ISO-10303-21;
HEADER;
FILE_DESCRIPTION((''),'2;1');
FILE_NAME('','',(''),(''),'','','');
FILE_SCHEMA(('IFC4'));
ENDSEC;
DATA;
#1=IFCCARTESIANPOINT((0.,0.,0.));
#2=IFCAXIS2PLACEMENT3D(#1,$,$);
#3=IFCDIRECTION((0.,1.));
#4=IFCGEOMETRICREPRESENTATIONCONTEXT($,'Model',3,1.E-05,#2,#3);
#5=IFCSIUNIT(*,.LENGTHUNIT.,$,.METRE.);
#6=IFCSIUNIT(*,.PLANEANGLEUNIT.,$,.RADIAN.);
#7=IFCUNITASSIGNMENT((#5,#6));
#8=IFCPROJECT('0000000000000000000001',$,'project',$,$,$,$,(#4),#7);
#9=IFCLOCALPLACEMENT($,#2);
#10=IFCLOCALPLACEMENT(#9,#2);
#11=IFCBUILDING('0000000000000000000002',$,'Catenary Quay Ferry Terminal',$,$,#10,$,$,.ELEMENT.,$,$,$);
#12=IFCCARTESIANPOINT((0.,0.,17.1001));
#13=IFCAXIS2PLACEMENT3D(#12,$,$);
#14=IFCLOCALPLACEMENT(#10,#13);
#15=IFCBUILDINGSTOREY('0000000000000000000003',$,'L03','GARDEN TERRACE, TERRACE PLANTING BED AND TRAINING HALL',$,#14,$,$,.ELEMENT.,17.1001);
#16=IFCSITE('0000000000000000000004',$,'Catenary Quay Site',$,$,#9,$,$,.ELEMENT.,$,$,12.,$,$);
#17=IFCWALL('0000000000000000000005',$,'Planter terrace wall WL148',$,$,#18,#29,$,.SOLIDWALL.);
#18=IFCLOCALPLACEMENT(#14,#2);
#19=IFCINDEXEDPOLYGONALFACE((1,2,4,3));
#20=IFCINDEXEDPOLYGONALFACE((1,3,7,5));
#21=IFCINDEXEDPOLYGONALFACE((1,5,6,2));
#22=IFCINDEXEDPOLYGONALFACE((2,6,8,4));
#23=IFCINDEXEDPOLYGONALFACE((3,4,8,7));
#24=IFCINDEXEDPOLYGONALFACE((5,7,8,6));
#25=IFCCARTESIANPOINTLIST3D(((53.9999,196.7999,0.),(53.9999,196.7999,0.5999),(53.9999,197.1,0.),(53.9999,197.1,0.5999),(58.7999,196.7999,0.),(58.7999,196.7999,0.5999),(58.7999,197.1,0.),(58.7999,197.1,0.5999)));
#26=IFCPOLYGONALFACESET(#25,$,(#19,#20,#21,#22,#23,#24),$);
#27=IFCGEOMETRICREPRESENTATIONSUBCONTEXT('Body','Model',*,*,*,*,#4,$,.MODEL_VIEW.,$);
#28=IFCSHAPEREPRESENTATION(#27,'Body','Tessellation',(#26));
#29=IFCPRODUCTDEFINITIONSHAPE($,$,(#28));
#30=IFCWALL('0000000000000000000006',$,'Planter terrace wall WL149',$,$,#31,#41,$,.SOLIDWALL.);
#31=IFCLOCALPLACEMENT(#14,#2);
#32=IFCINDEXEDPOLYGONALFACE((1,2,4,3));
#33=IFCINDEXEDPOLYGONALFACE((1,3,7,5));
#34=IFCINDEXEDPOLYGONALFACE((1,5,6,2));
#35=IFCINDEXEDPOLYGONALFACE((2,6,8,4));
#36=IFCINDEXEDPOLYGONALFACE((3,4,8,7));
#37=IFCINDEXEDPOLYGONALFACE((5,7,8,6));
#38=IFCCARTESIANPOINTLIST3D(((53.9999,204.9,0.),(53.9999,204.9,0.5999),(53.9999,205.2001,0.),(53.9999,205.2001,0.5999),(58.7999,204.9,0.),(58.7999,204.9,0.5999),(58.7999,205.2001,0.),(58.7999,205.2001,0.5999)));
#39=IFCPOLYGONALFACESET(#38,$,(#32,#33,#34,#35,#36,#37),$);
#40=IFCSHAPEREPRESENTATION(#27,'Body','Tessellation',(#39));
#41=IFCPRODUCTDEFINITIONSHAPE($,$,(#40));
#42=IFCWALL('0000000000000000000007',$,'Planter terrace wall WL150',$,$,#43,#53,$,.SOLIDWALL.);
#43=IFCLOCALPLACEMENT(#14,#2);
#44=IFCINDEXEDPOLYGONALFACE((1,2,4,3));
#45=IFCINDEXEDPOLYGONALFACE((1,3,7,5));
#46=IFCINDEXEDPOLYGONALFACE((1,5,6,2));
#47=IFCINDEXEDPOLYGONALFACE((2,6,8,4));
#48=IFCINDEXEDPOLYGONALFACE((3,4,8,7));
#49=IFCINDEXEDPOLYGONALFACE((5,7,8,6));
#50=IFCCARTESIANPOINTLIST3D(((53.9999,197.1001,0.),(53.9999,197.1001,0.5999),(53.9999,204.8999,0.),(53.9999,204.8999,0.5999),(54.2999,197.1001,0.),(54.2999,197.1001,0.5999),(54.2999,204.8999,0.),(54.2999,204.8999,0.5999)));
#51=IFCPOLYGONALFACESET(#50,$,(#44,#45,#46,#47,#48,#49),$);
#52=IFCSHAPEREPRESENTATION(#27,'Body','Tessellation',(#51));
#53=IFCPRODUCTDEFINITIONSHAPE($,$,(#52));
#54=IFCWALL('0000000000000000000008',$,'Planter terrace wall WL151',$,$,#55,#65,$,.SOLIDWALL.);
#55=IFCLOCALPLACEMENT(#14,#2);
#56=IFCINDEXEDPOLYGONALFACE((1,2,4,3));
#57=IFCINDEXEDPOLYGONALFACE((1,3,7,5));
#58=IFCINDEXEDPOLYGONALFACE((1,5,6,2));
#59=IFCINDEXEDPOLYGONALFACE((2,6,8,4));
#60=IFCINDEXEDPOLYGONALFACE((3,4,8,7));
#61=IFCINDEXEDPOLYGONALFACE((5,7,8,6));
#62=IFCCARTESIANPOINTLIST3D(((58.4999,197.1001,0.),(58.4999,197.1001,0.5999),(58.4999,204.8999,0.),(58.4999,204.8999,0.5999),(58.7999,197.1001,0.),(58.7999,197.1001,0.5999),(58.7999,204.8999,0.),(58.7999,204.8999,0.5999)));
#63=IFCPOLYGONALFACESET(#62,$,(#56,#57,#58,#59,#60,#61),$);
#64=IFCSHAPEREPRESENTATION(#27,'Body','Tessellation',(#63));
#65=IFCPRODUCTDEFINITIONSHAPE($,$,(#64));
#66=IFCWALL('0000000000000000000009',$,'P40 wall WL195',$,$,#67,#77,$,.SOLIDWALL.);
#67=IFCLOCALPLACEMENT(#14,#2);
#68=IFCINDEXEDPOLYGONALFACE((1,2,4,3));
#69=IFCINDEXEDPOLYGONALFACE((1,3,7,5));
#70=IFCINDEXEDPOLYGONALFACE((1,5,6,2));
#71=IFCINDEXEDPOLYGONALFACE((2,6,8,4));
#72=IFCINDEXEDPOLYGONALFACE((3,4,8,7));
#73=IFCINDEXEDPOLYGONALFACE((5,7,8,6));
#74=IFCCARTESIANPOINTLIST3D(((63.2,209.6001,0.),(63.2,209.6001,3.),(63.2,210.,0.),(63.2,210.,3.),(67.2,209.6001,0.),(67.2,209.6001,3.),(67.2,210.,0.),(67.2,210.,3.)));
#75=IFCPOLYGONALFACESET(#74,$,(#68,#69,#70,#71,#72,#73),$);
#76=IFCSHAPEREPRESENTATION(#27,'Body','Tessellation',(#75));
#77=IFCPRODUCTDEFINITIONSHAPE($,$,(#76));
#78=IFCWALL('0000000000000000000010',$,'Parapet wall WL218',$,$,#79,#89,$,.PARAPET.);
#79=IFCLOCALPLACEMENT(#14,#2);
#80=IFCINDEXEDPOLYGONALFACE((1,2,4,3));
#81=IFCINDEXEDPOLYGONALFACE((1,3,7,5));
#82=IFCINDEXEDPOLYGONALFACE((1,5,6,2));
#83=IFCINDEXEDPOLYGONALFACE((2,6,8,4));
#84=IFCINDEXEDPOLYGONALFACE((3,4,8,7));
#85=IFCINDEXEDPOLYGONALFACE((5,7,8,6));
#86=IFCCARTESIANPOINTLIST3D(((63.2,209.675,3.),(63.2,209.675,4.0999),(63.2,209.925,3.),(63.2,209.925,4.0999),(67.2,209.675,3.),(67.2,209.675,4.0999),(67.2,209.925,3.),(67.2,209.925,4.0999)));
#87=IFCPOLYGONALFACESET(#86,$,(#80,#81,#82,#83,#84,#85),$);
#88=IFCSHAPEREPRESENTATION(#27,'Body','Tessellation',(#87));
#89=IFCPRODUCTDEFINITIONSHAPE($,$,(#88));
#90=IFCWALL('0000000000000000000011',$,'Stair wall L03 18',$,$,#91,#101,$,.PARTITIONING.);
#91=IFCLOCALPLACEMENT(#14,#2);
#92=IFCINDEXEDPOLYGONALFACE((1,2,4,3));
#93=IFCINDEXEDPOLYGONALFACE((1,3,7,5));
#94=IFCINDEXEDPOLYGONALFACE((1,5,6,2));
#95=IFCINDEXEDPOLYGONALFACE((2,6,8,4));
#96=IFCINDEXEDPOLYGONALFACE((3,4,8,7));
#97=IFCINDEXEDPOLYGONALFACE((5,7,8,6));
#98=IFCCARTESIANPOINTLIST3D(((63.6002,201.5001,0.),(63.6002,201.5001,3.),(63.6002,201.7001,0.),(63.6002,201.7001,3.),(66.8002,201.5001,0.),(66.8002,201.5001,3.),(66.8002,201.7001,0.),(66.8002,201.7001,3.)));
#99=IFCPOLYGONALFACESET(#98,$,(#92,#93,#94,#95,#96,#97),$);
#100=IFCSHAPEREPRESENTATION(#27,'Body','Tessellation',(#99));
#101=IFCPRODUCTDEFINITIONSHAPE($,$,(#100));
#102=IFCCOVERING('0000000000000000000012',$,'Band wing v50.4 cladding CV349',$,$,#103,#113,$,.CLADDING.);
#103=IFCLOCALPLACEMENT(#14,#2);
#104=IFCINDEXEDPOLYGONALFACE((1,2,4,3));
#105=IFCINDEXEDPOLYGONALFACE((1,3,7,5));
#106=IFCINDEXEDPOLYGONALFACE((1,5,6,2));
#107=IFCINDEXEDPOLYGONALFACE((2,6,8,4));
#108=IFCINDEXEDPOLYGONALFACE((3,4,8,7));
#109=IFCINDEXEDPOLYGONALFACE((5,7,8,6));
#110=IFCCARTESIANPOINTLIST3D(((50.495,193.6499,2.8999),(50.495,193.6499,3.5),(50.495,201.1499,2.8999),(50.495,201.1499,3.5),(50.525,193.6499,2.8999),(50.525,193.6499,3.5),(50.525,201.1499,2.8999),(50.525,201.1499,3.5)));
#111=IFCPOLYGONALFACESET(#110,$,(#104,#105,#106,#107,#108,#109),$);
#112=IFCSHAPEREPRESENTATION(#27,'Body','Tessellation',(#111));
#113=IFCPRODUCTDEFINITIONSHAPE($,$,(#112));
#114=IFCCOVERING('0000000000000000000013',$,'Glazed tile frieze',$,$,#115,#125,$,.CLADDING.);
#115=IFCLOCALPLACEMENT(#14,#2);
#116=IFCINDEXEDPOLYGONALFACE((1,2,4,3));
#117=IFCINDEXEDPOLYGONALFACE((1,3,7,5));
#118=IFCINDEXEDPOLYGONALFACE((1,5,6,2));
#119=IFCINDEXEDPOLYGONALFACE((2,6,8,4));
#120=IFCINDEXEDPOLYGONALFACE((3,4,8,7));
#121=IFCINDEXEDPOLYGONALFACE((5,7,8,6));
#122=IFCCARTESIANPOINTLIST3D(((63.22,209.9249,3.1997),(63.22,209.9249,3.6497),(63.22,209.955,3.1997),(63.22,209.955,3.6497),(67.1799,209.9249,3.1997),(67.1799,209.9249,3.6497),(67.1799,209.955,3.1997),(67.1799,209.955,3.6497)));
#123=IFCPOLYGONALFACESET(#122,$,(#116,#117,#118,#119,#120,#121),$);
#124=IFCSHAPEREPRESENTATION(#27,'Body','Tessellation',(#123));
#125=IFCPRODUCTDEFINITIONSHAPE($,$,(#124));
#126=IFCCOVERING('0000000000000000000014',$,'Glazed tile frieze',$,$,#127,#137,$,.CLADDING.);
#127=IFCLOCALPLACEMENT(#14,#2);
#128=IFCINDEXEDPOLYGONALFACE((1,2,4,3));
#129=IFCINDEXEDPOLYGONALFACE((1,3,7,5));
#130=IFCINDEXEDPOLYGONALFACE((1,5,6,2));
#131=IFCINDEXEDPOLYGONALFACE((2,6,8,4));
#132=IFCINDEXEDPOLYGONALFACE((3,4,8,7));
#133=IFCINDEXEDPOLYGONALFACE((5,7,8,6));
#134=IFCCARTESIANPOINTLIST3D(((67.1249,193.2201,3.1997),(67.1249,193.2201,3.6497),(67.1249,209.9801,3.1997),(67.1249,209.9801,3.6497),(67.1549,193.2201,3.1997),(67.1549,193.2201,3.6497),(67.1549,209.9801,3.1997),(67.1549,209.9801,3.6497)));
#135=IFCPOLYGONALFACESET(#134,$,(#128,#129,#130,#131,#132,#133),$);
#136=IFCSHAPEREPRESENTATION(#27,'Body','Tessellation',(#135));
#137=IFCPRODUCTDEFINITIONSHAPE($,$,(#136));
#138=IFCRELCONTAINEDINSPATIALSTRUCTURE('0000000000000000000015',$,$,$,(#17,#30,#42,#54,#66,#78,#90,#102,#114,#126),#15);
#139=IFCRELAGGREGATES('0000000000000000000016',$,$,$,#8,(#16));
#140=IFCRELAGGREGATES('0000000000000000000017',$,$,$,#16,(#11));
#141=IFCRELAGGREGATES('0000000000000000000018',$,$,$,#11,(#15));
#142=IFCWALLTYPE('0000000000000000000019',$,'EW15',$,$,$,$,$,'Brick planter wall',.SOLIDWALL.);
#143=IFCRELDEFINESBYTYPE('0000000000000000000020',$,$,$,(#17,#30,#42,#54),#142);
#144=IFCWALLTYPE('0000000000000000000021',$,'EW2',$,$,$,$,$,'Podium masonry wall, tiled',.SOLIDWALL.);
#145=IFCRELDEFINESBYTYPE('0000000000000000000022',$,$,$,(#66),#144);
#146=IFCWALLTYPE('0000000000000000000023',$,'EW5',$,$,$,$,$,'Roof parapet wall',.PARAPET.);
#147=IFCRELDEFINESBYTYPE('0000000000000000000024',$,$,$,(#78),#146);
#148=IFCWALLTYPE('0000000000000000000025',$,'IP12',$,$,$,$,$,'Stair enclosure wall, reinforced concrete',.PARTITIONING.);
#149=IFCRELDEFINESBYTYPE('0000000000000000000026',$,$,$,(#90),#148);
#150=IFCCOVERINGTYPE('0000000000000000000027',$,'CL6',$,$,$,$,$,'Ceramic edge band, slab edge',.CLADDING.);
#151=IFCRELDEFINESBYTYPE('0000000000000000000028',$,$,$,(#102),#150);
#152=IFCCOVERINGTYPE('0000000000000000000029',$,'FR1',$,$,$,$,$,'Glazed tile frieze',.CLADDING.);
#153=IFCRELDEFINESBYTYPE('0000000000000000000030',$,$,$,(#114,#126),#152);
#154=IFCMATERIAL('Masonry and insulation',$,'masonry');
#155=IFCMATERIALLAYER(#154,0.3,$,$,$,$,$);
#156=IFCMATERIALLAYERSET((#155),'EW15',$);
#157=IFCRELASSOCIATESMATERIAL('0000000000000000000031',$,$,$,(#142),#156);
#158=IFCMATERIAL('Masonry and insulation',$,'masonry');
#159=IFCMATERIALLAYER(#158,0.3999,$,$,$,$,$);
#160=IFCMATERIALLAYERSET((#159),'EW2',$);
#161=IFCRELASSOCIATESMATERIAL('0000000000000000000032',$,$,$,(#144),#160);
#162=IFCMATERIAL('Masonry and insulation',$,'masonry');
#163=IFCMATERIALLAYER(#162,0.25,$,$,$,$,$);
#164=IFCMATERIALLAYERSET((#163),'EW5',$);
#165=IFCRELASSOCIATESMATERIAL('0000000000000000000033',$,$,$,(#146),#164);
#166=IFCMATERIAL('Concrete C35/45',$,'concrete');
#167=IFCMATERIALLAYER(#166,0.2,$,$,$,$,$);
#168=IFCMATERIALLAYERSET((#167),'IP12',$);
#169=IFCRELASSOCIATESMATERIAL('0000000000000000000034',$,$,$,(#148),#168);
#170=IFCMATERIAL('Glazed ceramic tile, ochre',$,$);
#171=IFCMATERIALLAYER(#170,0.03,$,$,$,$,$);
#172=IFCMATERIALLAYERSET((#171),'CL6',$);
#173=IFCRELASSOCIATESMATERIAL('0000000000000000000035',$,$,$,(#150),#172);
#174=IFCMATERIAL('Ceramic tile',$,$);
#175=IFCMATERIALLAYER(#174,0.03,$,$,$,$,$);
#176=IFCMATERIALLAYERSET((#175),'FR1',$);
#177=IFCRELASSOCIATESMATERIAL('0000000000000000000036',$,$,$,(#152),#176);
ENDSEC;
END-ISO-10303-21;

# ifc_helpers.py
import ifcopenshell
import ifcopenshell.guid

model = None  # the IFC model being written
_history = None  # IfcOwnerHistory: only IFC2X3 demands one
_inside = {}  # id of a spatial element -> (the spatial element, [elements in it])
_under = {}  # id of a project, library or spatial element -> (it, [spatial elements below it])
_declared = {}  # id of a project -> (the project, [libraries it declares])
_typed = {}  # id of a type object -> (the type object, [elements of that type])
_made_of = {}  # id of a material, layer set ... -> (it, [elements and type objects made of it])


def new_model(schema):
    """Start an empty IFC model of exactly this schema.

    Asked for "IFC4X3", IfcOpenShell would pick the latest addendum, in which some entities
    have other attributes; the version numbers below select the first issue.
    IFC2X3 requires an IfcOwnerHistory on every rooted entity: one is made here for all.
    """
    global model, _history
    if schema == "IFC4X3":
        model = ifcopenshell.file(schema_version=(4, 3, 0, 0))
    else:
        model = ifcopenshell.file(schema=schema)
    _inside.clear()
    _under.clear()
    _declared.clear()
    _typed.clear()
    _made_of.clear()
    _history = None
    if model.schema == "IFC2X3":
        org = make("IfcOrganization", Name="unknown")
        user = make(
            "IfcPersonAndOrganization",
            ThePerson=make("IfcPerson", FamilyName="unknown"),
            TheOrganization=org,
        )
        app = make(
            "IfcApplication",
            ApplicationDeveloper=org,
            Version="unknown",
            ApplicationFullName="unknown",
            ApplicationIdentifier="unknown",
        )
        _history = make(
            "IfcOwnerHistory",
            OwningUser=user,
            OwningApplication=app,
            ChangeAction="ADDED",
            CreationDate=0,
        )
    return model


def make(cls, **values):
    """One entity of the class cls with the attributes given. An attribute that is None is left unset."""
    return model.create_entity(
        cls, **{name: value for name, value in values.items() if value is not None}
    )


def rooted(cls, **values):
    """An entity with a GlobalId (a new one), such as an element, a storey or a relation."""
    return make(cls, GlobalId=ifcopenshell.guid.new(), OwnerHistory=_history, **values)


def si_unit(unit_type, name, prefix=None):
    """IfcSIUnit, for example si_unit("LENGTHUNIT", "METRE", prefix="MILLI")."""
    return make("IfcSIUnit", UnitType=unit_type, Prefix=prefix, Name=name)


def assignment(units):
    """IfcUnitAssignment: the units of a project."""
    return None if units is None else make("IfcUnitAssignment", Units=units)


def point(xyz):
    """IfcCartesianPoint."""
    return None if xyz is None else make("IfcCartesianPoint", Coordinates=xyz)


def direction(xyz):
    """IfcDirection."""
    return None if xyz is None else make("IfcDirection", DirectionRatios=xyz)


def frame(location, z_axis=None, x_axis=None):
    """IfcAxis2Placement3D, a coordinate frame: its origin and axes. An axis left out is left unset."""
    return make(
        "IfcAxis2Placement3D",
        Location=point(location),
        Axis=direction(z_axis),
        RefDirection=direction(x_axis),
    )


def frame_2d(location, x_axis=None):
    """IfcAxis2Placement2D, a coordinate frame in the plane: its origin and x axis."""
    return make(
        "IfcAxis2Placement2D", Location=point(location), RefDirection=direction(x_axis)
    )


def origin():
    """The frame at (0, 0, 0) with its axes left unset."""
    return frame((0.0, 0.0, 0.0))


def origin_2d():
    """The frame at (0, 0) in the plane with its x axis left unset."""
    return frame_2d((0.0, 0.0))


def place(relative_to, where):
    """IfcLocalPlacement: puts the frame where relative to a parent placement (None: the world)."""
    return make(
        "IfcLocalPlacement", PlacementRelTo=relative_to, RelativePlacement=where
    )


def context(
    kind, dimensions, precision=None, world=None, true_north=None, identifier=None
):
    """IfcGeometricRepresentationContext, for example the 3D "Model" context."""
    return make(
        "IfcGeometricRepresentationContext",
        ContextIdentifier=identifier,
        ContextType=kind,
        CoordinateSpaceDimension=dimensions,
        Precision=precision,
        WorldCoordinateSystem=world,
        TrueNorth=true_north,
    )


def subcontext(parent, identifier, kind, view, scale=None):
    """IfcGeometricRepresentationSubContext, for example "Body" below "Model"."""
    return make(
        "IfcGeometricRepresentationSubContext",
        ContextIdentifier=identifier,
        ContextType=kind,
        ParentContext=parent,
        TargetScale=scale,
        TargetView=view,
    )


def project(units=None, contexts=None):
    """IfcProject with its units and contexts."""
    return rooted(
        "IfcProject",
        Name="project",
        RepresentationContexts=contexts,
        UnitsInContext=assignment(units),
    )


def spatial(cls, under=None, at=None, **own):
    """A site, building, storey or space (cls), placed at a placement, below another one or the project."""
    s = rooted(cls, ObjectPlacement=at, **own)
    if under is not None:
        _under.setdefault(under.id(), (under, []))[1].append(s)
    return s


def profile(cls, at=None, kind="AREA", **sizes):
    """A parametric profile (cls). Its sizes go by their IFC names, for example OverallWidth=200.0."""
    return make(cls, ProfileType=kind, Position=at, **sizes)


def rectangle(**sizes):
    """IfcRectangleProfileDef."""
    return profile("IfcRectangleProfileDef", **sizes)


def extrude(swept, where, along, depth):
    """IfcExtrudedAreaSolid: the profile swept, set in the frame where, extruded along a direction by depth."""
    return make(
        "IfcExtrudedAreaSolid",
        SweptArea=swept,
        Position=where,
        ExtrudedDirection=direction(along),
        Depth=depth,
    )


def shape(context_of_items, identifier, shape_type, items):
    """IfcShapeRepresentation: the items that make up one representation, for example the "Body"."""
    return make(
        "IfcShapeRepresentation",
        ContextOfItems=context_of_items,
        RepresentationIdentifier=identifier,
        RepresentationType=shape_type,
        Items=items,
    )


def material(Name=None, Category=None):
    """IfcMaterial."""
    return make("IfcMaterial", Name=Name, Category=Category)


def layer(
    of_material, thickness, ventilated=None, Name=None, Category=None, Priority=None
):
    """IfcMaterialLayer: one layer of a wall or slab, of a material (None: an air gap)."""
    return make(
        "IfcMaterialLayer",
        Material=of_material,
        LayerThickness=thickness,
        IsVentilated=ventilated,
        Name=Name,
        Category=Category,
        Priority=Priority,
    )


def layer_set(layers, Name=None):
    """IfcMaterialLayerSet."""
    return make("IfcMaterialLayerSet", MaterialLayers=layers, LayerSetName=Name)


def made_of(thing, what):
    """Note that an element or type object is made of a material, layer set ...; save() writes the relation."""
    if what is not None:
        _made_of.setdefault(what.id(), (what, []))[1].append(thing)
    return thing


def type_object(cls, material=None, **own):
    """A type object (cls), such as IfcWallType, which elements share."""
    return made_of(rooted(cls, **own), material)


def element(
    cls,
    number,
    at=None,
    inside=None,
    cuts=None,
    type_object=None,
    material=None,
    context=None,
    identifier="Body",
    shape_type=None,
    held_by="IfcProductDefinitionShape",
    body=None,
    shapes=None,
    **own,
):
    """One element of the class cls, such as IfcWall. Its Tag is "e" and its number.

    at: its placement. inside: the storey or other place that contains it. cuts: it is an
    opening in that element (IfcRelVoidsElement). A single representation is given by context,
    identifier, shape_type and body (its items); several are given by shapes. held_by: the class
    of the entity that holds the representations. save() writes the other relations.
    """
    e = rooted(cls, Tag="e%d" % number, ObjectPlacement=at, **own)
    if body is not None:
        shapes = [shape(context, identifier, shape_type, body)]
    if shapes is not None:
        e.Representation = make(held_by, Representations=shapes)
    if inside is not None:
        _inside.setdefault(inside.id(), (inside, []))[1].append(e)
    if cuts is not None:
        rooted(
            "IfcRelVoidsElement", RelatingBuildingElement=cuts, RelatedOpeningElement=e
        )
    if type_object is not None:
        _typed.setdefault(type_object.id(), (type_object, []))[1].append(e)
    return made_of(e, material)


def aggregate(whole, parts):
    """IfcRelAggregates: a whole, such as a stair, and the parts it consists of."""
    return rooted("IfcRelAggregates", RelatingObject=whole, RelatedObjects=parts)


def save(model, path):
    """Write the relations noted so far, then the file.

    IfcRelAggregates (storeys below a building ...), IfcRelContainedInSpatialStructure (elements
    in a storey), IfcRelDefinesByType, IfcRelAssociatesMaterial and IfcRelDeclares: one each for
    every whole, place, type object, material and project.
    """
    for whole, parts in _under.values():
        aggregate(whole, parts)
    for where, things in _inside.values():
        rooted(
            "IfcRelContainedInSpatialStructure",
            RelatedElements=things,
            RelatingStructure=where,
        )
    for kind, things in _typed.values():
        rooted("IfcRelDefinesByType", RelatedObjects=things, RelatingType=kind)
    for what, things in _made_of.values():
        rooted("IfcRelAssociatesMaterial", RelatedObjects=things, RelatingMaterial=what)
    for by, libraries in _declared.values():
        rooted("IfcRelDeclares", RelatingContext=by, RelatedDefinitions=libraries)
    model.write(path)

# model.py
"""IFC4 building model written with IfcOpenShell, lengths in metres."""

from ifc_helpers import new_model, si_unit, direction, frame, frame_2d, origin, origin_2d, place, context, subcontext, project, spatial, rectangle, extrude, material, layer, layer_set, type_object, element, save


model = new_model("IFC4")

# Units and contexts
model_context = context("Model", 3, precision=1e-05, world=origin(), true_north=direction((0.0, 1.0)))
body_context = subcontext(model_context, "Body", "Model", "MODEL_VIEW")
ifc_project = project(units=[si_unit("LENGTHUNIT", "METRE"), si_unit("PLANEANGLEUNIT", "RADIAN")], contexts=[model_context])

# Site, building, storey
site_placement = place(None, origin())
site = spatial("IfcSite", under=ifc_project, at=site_placement, Name="Catenary Quay Site", CompositionType="ELEMENT", RefElevation=12.0)
building_placement = place(site_placement, origin())
building = spatial("IfcBuilding", under=site, at=building_placement, Name="Catenary Quay Ferry Terminal", CompositionType="ELEMENT")
storey_placement = place(building_placement, frame((0.0, 0.0, 17.1001)))
storey = spatial("IfcBuildingStorey", under=building, at=storey_placement, Name="L03", Description="GARDEN TERRACE, TERRACE PLANTING BED AND TRAINING HALL", CompositionType="ELEMENT", Elevation=17.1001)

# Walls
ifc_material_1 = material(Name="Masonry and insulation", Category="masonry")
ifc_layer_1 = layer(ifc_material_1, 0.3)
ifc_layer_set_1 = layer_set([ifc_layer_1], Name="EW15")
wall_type_1 = type_object("IfcWallType", Name="EW15", ElementType="Brick planter wall", PredefinedType="SOLIDWALL", material=ifc_layer_set_1)
for number, where, z_axis, x_axis, name in (
    (1, (54.0, 196.95, 0.0), (0.0, 0.0, 1.0), (1.0, 0.0, 0.0), "Planter terrace wall WL148"),
    (2, (54.0, 205.05, 0.0), (0.0, 0.0, 1.0), (1.0, 0.0, 0.0), "Planter terrace wall WL149"),
):
    element("IfcWall", number, at=place(storey_placement, frame(where, z_axis=z_axis, x_axis=x_axis)), inside=storey, type_object=wall_type_1, Name=name, PredefinedType="SOLIDWALL", context=body_context, shape_type="SweptSolid", body=[
        extrude(rectangle(XDim=4.8, YDim=0.3, at=frame_2d((2.3999, 0.0))), origin(), (0.0, 0.0, 1.0), 0.5999),
    ])
for number, where, z_axis, x_axis, name in (
    (3, (54.1499, 197.1001, 0.0), (0.0, 0.0, 1.0), (0.0, 1.0, 0.0), "Planter terrace wall WL150"),
    (4, (58.6499, 197.1001, 0.0), (0.0, 0.0, 1.0), (0.0, 1.0, 0.0), "Planter terrace wall WL151"),
):
    element("IfcWall", number, at=place(storey_placement, frame(where, z_axis=z_axis, x_axis=x_axis)), inside=storey, type_object=wall_type_1, Name=name, PredefinedType="SOLIDWALL", context=body_context, shape_type="SweptSolid", body=[
        extrude(rectangle(XDim=7.7998, YDim=0.3, at=frame_2d((3.8999, 0.0))), origin(), (0.0, 0.0, 1.0), 0.5999),
    ])
ifc_material_2 = material(Name="Masonry and insulation", Category="masonry")
ifc_layer_2 = layer(ifc_material_2, 0.3999)
ifc_layer_set_2 = layer_set([ifc_layer_2], Name="EW2")
wall_type_2 = type_object("IfcWallType", Name="EW2", ElementType="Podium masonry wall, tiled", PredefinedType="SOLIDWALL", material=ifc_layer_set_2)
wall_1_placement = place(storey_placement, frame((63.2, 209.8, 0.0), z_axis=(0.0, 0.0, 1.0), x_axis=(1.0, 0.0, 0.0)))
element("IfcWall", 5, at=wall_1_placement, inside=storey, type_object=wall_type_2, Name="P40 wall WL195", PredefinedType="SOLIDWALL", context=body_context, shape_type="SweptSolid", body=[
    extrude(rectangle(XDim=4.0, YDim=0.3999, at=frame_2d((2.0, 0.0))), origin(), (0.0, 0.0, 1.0), 3.0),
])
ifc_material_3 = material(Name="Masonry and insulation", Category="masonry")
ifc_layer_3 = layer(ifc_material_3, 0.25)
ifc_layer_set_3 = layer_set([ifc_layer_3], Name="EW5")
wall_type_3 = type_object("IfcWallType", Name="EW5", ElementType="Roof parapet wall", PredefinedType="PARAPET", material=ifc_layer_set_3)
wall_2_placement = place(storey_placement, frame((63.2, 209.8, 3.0), z_axis=(0.0, 0.0, 1.0), x_axis=(1.0, 0.0, 0.0)))
element("IfcWall", 6, at=wall_2_placement, inside=storey, type_object=wall_type_3, Name="Parapet wall WL218", PredefinedType="PARAPET", context=body_context, shape_type="SweptSolid", body=[
    extrude(rectangle(XDim=4.0, YDim=0.25, at=frame_2d((2.0, 0.0))), origin(), (0.0, 0.0, 1.0), 1.0999),
])
ifc_material_4 = material(Name="Concrete C35/45", Category="concrete")
ifc_layer_4 = layer(ifc_material_4, 0.2)
ifc_layer_set_4 = layer_set([ifc_layer_4], Name="IP12")
wall_type_4 = type_object("IfcWallType", Name="IP12", ElementType="Stair enclosure wall, reinforced concrete", PredefinedType="PARTITIONING", material=ifc_layer_set_4)
wall_3_placement = place(storey_placement, frame((63.6001, 201.6001, 0.0), z_axis=(0.0, 0.0, 1.0), x_axis=(1.0, 0.0, 0.0)))
element("IfcWall", 7, at=wall_3_placement, inside=storey, type_object=wall_type_4, Name="Stair wall L03 18", PredefinedType="PARTITIONING", context=body_context, shape_type="SweptSolid", body=[
    extrude(rectangle(XDim=3.2, YDim=0.2, at=frame_2d((1.6001, 0.0))), origin(), (0.0, 0.0, 1.0), 3.0),
])

# Coverings
ifc_material_5 = material(Name="Glazed ceramic tile, ochre")
ifc_layer_5 = layer(ifc_material_5, 0.03)
ifc_layer_set_5 = layer_set([ifc_layer_5], Name="CL6")
covering_type_1 = type_object("IfcCoveringType", Name="CL6", ElementType="Ceramic edge band, slab edge", PredefinedType="CLADDING", material=ifc_layer_set_5)
covering_1_placement = place(storey_placement, frame((50.51, 197.3999, 2.8999), z_axis=(0.0, 0.0, 1.0), x_axis=(1.0, 0.0, 0.0)))
element("IfcCovering", 8, at=covering_1_placement, inside=storey, type_object=covering_type_1, Name="Band wing v50.4 cladding CV349", PredefinedType="CLADDING", context=body_context, shape_type="SweptSolid", body=[
    extrude(rectangle(XDim=0.03, YDim=7.5, at=origin_2d()), origin(), (0.0, 0.0, 1.0), 0.6001),
])
ifc_material_6 = material(Name="Ceramic tile")
ifc_layer_6 = layer(ifc_material_6, 0.03)
ifc_layer_set_6 = layer_set([ifc_layer_6], Name="FR1")
covering_type_2 = type_object("IfcCoveringType", Name="FR1", ElementType="Glazed tile frieze", PredefinedType="CLADDING", material=ifc_layer_set_6)
covering_2_placement = place(storey_placement, frame((65.2, 209.9399, 3.1997), z_axis=(0.0, 0.0, 1.0), x_axis=(1.0, 0.0, 0.0)))
element("IfcCovering", 9, at=covering_2_placement, inside=storey, type_object=covering_type_2, Name="Glazed tile frieze", PredefinedType="CLADDING", context=body_context, shape_type="SweptSolid", body=[
    extrude(rectangle(XDim=3.96, YDim=0.03, at=origin_2d()), origin(), (0.0, 0.0, 1.0), 0.45),
])
covering_3_placement = place(storey_placement, frame((67.1399, 201.6001, 3.1997), z_axis=(0.0, 0.0, 1.0), x_axis=(1.0, 0.0, 0.0)))
element("IfcCovering", 10, at=covering_3_placement, inside=storey, type_object=covering_type_2, Name="Glazed tile frieze", PredefinedType="CLADDING", context=body_context, shape_type="SweptSolid", body=[
    extrude(rectangle(XDim=0.03, YDim=16.76, at=origin_2d()), origin(), (0.0, 0.0, 1.0), 0.45),
])

save(model, "model.ifc")
